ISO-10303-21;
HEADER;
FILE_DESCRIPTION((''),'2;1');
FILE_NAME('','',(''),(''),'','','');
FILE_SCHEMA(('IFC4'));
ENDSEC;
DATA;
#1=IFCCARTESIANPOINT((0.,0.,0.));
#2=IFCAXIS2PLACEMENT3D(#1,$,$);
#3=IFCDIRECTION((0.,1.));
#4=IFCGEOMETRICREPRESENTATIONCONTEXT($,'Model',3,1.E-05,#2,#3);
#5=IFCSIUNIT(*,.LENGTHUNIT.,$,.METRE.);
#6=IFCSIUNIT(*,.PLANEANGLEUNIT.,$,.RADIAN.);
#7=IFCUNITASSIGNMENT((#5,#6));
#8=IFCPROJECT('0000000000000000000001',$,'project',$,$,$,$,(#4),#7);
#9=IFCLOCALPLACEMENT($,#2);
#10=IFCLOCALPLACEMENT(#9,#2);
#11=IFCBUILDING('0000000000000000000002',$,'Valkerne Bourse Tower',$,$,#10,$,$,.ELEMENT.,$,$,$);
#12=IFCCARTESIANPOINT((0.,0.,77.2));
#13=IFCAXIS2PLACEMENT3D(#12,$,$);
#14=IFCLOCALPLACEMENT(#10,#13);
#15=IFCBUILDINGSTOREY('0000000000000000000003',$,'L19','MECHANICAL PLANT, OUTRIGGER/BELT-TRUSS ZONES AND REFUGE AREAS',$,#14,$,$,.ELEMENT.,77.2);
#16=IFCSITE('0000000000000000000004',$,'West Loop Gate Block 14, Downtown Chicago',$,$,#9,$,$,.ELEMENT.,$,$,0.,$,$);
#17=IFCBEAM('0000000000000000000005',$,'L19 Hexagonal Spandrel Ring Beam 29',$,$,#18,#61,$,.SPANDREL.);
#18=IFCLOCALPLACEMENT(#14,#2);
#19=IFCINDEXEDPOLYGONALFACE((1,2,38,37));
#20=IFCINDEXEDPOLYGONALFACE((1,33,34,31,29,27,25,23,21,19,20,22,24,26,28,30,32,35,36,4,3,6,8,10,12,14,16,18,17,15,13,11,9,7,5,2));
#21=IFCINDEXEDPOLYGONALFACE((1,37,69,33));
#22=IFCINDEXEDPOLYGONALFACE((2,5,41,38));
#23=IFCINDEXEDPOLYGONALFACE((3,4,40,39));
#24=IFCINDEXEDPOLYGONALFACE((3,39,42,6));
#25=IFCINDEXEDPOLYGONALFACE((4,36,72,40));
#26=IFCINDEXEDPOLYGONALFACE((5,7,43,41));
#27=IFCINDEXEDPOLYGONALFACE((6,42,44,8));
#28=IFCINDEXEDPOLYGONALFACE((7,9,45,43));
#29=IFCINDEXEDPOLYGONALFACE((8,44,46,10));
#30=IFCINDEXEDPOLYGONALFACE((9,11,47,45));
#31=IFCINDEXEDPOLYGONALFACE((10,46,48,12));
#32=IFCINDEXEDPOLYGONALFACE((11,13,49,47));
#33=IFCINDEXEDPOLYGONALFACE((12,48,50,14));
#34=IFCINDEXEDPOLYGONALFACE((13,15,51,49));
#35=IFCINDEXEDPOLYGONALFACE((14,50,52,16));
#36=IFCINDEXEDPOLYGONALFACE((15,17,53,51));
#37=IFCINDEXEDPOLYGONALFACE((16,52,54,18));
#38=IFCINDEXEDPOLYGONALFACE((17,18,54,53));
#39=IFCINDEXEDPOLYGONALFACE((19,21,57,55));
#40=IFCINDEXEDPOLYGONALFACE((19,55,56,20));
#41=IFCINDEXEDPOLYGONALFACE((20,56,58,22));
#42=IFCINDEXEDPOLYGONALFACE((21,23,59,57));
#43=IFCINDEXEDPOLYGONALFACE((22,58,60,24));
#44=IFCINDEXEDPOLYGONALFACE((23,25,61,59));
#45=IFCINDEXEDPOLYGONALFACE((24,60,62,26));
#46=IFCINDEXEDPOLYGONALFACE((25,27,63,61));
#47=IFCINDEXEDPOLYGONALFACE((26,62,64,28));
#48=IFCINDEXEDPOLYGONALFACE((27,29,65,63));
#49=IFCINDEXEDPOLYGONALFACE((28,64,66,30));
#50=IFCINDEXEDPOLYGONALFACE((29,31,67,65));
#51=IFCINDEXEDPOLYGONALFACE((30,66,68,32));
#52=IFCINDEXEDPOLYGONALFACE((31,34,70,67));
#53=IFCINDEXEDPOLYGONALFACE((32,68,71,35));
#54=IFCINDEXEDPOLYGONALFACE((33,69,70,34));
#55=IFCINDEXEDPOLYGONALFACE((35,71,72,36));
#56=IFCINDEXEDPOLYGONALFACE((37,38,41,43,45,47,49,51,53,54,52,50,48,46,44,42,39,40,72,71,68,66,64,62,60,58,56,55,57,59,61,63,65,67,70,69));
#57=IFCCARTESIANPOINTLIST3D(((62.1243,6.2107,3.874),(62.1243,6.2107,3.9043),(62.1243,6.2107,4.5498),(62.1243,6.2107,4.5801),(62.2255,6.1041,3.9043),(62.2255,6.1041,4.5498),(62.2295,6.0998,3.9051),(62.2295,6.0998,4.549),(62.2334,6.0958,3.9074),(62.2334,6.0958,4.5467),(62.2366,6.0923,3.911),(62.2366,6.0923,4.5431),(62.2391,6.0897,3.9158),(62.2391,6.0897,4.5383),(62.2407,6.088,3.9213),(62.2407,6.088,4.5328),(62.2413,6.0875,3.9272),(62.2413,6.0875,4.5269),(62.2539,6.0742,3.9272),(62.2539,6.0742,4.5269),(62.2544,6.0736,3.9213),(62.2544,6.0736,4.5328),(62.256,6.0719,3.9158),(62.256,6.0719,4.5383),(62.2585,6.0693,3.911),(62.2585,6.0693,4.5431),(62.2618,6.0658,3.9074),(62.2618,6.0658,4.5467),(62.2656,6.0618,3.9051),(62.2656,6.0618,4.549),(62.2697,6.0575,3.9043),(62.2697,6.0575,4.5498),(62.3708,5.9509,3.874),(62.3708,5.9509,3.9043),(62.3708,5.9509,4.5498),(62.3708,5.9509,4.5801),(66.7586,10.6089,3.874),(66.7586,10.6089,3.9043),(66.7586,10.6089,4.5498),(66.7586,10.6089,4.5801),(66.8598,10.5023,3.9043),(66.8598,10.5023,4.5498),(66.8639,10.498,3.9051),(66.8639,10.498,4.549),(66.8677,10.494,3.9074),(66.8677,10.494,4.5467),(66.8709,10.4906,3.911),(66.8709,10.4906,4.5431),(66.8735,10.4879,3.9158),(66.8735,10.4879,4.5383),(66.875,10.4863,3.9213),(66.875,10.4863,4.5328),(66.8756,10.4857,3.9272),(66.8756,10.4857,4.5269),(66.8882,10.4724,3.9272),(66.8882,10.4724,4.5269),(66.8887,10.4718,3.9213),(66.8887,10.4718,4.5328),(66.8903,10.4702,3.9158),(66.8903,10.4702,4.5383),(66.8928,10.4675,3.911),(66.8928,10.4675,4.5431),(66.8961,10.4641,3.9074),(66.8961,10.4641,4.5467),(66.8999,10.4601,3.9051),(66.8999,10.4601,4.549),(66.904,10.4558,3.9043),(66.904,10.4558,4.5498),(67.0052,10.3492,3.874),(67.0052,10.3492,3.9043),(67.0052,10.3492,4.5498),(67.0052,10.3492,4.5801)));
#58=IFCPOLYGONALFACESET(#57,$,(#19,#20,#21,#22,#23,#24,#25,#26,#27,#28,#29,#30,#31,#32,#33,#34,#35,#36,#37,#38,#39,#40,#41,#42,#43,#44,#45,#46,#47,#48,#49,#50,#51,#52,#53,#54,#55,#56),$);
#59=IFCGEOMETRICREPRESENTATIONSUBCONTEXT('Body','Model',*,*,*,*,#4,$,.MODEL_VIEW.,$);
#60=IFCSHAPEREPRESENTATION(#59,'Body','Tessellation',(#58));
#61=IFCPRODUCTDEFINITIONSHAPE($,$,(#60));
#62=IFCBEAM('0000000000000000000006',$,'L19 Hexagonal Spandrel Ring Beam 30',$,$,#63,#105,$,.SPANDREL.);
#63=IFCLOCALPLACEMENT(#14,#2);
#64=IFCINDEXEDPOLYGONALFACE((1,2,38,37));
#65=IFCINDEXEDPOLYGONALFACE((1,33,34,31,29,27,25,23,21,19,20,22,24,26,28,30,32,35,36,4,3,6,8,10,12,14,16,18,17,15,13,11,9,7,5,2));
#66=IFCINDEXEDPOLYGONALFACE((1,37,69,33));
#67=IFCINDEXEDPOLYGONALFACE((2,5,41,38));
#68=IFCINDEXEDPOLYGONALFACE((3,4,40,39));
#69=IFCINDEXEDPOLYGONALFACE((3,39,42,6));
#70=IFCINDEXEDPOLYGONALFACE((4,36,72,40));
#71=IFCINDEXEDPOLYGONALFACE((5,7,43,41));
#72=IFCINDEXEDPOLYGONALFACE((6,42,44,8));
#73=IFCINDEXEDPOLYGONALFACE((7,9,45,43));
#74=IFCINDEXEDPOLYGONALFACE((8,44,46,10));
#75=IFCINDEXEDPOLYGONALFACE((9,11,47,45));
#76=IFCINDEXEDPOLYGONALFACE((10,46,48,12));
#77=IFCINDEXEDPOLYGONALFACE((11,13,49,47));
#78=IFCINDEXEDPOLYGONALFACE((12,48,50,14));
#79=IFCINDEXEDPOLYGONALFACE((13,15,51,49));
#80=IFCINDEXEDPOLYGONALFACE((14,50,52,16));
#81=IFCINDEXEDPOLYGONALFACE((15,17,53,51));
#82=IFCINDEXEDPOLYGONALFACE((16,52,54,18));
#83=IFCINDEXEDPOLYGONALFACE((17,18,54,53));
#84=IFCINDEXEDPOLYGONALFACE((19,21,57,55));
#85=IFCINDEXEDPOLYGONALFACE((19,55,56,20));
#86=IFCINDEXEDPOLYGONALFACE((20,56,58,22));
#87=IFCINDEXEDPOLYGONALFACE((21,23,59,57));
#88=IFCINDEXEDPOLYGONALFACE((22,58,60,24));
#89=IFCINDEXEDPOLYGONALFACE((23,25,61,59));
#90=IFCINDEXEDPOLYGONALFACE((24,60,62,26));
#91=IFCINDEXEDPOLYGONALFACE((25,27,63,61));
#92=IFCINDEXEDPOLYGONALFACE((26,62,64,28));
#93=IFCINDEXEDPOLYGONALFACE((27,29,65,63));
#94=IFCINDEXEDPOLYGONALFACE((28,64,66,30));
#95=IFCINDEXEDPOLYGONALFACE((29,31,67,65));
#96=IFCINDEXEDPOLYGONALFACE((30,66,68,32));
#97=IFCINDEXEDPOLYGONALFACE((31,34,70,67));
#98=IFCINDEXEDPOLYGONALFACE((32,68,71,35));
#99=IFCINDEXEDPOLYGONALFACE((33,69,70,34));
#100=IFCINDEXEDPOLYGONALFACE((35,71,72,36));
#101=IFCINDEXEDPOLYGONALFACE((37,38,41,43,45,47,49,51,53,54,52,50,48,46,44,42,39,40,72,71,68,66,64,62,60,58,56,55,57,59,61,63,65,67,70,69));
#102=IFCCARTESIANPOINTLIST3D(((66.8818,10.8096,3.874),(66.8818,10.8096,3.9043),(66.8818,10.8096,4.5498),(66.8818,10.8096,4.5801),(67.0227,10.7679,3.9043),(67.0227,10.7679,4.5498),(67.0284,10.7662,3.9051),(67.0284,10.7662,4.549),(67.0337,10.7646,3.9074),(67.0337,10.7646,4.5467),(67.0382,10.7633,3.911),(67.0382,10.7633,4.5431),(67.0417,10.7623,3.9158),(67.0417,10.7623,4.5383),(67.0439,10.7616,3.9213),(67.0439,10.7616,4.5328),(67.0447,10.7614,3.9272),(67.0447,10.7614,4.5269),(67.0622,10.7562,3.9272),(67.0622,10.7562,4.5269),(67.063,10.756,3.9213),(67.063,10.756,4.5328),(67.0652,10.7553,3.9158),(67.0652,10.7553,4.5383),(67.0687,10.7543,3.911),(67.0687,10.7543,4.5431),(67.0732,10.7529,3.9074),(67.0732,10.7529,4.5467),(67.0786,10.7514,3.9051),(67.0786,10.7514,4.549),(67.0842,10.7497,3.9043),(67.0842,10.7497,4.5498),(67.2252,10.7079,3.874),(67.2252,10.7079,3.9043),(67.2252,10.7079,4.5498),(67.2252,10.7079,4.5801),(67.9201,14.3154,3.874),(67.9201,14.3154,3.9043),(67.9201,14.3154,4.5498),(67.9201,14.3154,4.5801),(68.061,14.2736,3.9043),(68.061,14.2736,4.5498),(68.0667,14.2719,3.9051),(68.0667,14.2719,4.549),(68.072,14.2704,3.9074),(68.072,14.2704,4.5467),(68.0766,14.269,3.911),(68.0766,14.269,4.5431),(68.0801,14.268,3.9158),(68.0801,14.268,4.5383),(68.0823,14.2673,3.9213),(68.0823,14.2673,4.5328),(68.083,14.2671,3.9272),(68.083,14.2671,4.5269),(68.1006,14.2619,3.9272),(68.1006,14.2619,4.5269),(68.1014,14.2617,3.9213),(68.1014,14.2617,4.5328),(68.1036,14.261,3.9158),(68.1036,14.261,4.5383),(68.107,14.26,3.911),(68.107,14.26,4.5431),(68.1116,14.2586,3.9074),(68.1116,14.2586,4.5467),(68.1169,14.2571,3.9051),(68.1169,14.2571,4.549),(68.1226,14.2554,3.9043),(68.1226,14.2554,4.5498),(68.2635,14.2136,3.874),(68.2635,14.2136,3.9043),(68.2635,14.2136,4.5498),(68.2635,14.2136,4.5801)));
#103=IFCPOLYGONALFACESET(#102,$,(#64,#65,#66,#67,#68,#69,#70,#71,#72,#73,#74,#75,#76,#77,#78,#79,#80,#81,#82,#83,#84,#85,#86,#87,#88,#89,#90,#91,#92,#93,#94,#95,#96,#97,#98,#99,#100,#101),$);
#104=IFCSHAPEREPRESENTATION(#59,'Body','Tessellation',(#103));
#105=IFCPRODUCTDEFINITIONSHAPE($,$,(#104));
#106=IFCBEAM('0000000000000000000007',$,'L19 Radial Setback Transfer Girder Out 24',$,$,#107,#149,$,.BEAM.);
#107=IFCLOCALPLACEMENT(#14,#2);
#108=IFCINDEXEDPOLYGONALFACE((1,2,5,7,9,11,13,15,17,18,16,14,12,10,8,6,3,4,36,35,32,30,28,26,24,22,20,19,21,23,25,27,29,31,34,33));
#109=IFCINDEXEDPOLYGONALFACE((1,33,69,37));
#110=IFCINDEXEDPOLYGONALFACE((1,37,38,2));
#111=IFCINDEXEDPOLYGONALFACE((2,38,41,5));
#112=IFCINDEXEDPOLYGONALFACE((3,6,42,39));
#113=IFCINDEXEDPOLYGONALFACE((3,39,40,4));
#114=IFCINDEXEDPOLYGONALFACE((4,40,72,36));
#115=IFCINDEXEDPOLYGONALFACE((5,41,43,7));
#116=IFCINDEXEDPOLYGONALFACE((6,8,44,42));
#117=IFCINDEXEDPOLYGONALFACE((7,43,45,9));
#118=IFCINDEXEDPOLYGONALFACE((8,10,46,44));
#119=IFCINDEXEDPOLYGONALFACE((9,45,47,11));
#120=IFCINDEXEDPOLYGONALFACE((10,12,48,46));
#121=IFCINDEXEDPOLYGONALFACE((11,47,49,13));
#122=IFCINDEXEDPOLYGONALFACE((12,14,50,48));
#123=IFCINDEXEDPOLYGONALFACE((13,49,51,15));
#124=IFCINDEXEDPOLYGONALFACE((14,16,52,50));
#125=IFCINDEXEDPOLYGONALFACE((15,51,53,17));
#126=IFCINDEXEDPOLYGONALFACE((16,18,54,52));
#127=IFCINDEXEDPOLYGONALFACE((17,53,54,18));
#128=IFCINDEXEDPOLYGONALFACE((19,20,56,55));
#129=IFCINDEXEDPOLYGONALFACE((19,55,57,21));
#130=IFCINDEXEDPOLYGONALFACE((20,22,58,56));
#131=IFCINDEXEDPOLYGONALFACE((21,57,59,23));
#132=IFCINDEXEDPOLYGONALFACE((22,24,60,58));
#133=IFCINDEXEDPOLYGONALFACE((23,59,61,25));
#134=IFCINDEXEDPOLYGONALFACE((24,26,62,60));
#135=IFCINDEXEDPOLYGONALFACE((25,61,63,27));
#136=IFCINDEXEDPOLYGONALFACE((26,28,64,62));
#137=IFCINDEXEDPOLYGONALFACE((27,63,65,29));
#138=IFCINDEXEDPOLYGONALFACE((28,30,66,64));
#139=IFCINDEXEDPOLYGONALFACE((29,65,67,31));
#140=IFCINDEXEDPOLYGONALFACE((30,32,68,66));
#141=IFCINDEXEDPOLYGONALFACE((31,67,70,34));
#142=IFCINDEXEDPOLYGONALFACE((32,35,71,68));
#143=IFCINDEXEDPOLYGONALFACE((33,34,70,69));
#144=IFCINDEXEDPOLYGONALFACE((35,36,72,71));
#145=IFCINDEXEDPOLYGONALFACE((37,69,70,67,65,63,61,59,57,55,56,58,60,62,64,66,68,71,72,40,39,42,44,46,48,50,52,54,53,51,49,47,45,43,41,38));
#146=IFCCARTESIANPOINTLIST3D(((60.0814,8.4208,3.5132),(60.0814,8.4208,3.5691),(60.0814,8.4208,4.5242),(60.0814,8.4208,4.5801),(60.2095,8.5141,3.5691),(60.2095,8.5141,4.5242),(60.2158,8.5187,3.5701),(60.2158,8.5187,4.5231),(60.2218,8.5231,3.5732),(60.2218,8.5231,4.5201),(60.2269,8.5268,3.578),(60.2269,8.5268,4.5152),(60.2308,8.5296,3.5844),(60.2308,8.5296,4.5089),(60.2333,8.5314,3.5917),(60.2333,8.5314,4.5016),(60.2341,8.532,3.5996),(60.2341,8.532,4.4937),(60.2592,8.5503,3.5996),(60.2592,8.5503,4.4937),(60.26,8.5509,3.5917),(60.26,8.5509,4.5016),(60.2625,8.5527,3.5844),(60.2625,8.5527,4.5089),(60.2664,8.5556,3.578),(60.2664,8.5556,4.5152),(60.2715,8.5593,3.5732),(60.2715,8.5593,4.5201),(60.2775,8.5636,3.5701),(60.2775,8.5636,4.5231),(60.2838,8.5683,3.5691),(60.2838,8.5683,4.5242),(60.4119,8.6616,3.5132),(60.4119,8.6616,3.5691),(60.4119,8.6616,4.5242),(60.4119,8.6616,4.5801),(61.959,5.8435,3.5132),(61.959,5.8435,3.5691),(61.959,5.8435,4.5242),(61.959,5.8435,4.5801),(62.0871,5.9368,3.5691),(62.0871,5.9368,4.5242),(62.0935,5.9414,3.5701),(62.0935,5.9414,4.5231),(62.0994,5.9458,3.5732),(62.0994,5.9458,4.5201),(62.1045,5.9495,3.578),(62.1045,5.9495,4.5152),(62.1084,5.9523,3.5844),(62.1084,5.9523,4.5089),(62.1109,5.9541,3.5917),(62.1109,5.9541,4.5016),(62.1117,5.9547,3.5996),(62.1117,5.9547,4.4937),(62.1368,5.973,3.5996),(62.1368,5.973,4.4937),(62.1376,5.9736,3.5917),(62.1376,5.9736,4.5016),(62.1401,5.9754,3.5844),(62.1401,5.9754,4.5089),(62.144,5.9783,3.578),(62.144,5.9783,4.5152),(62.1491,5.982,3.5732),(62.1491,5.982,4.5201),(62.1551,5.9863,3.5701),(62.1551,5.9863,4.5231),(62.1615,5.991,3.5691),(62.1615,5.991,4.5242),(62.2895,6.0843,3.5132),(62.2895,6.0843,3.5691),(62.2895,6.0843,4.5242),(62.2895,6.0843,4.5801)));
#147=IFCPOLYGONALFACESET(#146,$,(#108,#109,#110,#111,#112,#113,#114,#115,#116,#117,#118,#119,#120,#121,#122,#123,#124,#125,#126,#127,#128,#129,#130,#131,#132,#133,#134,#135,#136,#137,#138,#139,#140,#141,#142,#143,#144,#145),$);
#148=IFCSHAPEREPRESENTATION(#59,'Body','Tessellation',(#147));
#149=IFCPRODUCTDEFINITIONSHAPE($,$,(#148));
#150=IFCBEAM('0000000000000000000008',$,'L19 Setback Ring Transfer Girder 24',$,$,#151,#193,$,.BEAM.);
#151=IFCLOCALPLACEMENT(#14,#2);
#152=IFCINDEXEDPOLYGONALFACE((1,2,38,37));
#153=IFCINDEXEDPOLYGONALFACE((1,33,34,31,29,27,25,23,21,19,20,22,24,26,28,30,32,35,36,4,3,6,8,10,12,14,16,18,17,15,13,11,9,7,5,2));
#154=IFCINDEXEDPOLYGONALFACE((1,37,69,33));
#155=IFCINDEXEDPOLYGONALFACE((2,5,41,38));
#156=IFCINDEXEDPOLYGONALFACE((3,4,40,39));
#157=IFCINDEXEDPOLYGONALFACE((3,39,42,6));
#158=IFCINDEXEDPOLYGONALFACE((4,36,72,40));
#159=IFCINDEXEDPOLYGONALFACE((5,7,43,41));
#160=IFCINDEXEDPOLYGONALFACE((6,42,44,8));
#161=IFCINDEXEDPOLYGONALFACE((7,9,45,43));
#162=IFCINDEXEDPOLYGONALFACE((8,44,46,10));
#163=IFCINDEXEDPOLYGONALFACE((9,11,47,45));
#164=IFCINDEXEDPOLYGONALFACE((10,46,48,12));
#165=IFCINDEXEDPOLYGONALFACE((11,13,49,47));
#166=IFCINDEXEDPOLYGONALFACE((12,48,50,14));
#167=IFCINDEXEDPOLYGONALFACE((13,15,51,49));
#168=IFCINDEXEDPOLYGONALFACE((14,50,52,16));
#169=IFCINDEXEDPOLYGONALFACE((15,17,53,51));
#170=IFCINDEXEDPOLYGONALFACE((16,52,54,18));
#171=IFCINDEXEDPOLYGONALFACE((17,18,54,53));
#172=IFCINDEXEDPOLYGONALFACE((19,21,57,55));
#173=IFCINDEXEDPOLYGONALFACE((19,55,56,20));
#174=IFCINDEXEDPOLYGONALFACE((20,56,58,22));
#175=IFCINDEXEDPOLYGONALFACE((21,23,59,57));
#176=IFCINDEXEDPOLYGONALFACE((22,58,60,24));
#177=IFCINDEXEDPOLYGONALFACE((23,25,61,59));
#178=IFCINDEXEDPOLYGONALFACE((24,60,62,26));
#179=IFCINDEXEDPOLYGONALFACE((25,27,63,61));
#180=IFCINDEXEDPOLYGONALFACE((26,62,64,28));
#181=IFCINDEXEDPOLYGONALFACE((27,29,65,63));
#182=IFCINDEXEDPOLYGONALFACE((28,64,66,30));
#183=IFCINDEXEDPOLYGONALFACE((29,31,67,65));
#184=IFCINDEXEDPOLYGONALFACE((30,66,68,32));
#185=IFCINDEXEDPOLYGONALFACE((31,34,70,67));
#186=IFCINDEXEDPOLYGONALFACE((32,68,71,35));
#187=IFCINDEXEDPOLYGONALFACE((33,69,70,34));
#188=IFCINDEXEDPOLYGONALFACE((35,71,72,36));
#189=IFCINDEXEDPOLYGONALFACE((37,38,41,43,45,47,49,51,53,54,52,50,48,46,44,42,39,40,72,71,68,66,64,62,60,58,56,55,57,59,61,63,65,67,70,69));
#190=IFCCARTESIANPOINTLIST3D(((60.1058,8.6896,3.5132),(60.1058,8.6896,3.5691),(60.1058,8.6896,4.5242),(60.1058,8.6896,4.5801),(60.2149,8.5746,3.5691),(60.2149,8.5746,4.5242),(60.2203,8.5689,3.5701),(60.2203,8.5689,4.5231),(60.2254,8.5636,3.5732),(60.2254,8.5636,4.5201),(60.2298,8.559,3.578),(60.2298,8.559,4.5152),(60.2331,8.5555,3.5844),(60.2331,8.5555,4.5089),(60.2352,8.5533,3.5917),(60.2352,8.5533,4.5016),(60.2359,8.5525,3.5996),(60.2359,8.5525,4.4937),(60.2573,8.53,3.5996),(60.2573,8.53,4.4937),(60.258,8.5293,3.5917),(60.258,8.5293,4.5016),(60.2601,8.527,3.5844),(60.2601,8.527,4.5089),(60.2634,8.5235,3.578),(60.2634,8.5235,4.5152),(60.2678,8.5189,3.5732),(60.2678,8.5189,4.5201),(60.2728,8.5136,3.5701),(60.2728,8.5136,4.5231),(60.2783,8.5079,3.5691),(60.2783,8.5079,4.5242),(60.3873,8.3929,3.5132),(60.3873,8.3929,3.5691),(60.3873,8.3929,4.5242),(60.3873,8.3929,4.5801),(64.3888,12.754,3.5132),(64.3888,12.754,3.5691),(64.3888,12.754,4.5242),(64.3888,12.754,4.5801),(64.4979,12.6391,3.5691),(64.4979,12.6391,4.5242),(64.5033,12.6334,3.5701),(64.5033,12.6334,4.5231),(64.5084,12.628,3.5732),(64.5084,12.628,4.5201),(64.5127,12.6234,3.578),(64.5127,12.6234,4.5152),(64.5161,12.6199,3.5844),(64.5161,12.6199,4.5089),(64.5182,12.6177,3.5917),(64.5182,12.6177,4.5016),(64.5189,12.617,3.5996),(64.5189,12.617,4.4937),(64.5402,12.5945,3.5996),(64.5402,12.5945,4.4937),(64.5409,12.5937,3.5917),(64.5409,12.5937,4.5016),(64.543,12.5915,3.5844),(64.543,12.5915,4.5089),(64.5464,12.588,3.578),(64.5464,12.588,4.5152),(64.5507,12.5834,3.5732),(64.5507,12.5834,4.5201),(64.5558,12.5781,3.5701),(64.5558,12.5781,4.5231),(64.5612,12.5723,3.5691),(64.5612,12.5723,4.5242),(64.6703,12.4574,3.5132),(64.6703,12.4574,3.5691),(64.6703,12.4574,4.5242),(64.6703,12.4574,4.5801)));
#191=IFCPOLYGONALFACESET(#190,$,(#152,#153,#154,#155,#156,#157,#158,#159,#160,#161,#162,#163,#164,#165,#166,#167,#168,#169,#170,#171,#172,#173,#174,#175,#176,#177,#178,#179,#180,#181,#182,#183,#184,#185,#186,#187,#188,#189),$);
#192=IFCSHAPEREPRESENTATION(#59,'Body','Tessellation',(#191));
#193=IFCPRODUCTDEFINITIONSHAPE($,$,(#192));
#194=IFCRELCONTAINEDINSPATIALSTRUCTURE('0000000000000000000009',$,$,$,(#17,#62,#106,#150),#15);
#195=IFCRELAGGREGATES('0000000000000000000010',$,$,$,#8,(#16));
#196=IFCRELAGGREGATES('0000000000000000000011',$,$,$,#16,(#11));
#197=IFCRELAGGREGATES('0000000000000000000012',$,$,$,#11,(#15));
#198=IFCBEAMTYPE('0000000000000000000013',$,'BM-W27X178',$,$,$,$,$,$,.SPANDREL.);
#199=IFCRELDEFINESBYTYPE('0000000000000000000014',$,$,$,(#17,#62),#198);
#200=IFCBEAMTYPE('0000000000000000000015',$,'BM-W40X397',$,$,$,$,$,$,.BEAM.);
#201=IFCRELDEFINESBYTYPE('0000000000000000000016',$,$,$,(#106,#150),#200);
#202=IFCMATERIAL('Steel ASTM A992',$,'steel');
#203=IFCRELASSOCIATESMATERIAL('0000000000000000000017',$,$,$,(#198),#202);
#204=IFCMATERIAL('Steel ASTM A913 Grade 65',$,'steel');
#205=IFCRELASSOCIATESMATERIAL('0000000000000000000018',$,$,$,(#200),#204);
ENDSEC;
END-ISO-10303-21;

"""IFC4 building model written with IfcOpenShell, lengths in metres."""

from ifc_helpers import new_model, si_unit, direction, frame, origin, origin_2d, place, context, subcontext, project, spatial, i_section, extrude, material, material_profile, profile_set, type_object, element, save


model = new_model("IFC4")

# Units and contexts
model_context = context("Model", 3, precision=1e-05, world=origin(), true_north=direction((0.0, 1.0)))
body_context = subcontext(model_context, "Body", "Model", "MODEL_VIEW")
ifc_project = project(units=[si_unit("LENGTHUNIT", "METRE"), si_unit("PLANEANGLEUNIT", "RADIAN")], contexts=[model_context])

# Site, building, storey
site_placement = place(None, origin())
site = spatial("IfcSite", under=ifc_project, at=site_placement, Name="West Loop Gate Block 14, Downtown Chicago", CompositionType="ELEMENT", RefElevation=0.0)
building_placement = place(site_placement, origin())
building = spatial("IfcBuilding", under=site, at=building_placement, Name="Valkerne Bourse Tower", CompositionType="ELEMENT")
storey_placement = place(building_placement, frame((0.0, 0.0, 77.2)))
storey = spatial("IfcBuildingStorey", under=building, at=storey_placement, Name="L19", Description="MECHANICAL PLANT, OUTRIGGER/BELT-TRUSS ZONES AND REFUGE AREAS", CompositionType="ELEMENT", Elevation=77.2)

# Shared definitions
ifc_material_1 = material(Name="Steel ASTM A913 Grade 65", Category="steel")

# Beams
ifc_material_2 = material(Name="Steel ASTM A992", Category="steel")
ifc_material_profile_1 = material_profile(ifc_material_2, i_section(OverallWidth=0.3582, OverallDepth=0.7061, WebThickness=0.0183, FlangeThickness=0.0303, FilletRadius=0.0229, at=origin_2d()), Name="W27X178")
ifc_profile_set_1 = profile_set([ifc_material_profile_1], Name="Steel ASTM A992")
beam_type_1 = type_object("IfcBeamType", Name="BM-W27X178", PredefinedType="SPANDREL", material=ifc_profile_set_1)
beam_1_placement = place(storey_placement, frame((62.2476, 6.0808, 4.2271), z_axis=(0.725341, 0.68839, 0.0), x_axis=(-0.68839, 0.725341, 0.0)))
element("IfcBeam", 1, at=beam_1_placement, inside=storey, type_object=beam_type_1, Name="L19 Hexagonal Spandrel Ring Beam 29", PredefinedType="SPANDREL", context=body_context, shape_type="SweptSolid", body=[
    extrude(i_section(OverallWidth=0.3582, OverallDepth=0.7061, WebThickness=0.0183, FlangeThickness=0.0303, FilletRadius=0.0229, at=origin_2d()), origin(), (0.0, 0.0, 1.0), 6.3892),
])
beam_2_placement = place(storey_placement, frame((67.0535, 10.7588, 4.2271), z_axis=(0.283995, 0.958826, 0.0), x_axis=(-0.958826, 0.283995, 0.0)))
element("IfcBeam", 2, at=beam_2_placement, inside=storey, type_object=beam_type_1, Name="L19 Hexagonal Spandrel Ring Beam 30", PredefinedType="SPANDREL", context=body_context, shape_type="SweptSolid", body=[
    extrude(i_section(OverallWidth=0.3582, OverallDepth=0.7061, WebThickness=0.0183, FlangeThickness=0.0303, FilletRadius=0.0229, at=origin_2d()), origin(), (0.0, 0.0, 1.0), 3.6562),
])
ifc_material_profile_2 = material_profile(ifc_material_1, i_section(OverallWidth=0.4089, OverallDepth=1.0669, WebThickness=0.031, FlangeThickness=0.0559, FilletRadius=0.0305, at=origin_2d()), Name="W40X397")
ifc_profile_set_2 = profile_set([ifc_material_profile_2], Name="Steel ASTM A913 Grade 65")
beam_type_2 = type_object("IfcBeamType", Name="BM-W40X397", PredefinedType="BEAM", material=ifc_profile_set_2)
beam_3_placement = place(storey_placement, frame((62.1243, 5.9639, 4.0466), z_axis=(-0.588832, 0.808256, 0.0), x_axis=(-0.808256, -0.588832, 0.0)))
element("IfcBeam", 3, at=beam_3_placement, inside=storey, type_object=beam_type_2, Name="L19 Radial Setback Transfer Girder Out 24", PredefinedType="BEAM", context=body_context, shape_type="SweptSolid", body=[
    extrude(i_section(OverallWidth=0.4089, OverallDepth=1.0669, WebThickness=0.031, FlangeThickness=0.0559, FilletRadius=0.0305, at=origin_2d()), origin(), (0.0, 0.0, 1.0), 3.1887),
])
beam_4_placement = place(storey_placement, frame((60.2466, 8.5413, 4.0466), z_axis=(0.725368, 0.688361, 0.0), x_axis=(-0.688361, 0.725368, 0.0)))
element("IfcBeam", 4, at=beam_4_placement, inside=storey, type_object=beam_type_2, Name="L19 Setback Ring Transfer Girder 24", PredefinedType="BEAM", context=body_context, shape_type="SweptSolid", body=[
    extrude(i_section(OverallWidth=0.4089, OverallDepth=1.0669, WebThickness=0.031, FlangeThickness=0.0559, FilletRadius=0.0305, at=origin_2d()), origin(), (0.0, 0.0, 1.0), 5.9045),
])

save(model, "model.ifc")
